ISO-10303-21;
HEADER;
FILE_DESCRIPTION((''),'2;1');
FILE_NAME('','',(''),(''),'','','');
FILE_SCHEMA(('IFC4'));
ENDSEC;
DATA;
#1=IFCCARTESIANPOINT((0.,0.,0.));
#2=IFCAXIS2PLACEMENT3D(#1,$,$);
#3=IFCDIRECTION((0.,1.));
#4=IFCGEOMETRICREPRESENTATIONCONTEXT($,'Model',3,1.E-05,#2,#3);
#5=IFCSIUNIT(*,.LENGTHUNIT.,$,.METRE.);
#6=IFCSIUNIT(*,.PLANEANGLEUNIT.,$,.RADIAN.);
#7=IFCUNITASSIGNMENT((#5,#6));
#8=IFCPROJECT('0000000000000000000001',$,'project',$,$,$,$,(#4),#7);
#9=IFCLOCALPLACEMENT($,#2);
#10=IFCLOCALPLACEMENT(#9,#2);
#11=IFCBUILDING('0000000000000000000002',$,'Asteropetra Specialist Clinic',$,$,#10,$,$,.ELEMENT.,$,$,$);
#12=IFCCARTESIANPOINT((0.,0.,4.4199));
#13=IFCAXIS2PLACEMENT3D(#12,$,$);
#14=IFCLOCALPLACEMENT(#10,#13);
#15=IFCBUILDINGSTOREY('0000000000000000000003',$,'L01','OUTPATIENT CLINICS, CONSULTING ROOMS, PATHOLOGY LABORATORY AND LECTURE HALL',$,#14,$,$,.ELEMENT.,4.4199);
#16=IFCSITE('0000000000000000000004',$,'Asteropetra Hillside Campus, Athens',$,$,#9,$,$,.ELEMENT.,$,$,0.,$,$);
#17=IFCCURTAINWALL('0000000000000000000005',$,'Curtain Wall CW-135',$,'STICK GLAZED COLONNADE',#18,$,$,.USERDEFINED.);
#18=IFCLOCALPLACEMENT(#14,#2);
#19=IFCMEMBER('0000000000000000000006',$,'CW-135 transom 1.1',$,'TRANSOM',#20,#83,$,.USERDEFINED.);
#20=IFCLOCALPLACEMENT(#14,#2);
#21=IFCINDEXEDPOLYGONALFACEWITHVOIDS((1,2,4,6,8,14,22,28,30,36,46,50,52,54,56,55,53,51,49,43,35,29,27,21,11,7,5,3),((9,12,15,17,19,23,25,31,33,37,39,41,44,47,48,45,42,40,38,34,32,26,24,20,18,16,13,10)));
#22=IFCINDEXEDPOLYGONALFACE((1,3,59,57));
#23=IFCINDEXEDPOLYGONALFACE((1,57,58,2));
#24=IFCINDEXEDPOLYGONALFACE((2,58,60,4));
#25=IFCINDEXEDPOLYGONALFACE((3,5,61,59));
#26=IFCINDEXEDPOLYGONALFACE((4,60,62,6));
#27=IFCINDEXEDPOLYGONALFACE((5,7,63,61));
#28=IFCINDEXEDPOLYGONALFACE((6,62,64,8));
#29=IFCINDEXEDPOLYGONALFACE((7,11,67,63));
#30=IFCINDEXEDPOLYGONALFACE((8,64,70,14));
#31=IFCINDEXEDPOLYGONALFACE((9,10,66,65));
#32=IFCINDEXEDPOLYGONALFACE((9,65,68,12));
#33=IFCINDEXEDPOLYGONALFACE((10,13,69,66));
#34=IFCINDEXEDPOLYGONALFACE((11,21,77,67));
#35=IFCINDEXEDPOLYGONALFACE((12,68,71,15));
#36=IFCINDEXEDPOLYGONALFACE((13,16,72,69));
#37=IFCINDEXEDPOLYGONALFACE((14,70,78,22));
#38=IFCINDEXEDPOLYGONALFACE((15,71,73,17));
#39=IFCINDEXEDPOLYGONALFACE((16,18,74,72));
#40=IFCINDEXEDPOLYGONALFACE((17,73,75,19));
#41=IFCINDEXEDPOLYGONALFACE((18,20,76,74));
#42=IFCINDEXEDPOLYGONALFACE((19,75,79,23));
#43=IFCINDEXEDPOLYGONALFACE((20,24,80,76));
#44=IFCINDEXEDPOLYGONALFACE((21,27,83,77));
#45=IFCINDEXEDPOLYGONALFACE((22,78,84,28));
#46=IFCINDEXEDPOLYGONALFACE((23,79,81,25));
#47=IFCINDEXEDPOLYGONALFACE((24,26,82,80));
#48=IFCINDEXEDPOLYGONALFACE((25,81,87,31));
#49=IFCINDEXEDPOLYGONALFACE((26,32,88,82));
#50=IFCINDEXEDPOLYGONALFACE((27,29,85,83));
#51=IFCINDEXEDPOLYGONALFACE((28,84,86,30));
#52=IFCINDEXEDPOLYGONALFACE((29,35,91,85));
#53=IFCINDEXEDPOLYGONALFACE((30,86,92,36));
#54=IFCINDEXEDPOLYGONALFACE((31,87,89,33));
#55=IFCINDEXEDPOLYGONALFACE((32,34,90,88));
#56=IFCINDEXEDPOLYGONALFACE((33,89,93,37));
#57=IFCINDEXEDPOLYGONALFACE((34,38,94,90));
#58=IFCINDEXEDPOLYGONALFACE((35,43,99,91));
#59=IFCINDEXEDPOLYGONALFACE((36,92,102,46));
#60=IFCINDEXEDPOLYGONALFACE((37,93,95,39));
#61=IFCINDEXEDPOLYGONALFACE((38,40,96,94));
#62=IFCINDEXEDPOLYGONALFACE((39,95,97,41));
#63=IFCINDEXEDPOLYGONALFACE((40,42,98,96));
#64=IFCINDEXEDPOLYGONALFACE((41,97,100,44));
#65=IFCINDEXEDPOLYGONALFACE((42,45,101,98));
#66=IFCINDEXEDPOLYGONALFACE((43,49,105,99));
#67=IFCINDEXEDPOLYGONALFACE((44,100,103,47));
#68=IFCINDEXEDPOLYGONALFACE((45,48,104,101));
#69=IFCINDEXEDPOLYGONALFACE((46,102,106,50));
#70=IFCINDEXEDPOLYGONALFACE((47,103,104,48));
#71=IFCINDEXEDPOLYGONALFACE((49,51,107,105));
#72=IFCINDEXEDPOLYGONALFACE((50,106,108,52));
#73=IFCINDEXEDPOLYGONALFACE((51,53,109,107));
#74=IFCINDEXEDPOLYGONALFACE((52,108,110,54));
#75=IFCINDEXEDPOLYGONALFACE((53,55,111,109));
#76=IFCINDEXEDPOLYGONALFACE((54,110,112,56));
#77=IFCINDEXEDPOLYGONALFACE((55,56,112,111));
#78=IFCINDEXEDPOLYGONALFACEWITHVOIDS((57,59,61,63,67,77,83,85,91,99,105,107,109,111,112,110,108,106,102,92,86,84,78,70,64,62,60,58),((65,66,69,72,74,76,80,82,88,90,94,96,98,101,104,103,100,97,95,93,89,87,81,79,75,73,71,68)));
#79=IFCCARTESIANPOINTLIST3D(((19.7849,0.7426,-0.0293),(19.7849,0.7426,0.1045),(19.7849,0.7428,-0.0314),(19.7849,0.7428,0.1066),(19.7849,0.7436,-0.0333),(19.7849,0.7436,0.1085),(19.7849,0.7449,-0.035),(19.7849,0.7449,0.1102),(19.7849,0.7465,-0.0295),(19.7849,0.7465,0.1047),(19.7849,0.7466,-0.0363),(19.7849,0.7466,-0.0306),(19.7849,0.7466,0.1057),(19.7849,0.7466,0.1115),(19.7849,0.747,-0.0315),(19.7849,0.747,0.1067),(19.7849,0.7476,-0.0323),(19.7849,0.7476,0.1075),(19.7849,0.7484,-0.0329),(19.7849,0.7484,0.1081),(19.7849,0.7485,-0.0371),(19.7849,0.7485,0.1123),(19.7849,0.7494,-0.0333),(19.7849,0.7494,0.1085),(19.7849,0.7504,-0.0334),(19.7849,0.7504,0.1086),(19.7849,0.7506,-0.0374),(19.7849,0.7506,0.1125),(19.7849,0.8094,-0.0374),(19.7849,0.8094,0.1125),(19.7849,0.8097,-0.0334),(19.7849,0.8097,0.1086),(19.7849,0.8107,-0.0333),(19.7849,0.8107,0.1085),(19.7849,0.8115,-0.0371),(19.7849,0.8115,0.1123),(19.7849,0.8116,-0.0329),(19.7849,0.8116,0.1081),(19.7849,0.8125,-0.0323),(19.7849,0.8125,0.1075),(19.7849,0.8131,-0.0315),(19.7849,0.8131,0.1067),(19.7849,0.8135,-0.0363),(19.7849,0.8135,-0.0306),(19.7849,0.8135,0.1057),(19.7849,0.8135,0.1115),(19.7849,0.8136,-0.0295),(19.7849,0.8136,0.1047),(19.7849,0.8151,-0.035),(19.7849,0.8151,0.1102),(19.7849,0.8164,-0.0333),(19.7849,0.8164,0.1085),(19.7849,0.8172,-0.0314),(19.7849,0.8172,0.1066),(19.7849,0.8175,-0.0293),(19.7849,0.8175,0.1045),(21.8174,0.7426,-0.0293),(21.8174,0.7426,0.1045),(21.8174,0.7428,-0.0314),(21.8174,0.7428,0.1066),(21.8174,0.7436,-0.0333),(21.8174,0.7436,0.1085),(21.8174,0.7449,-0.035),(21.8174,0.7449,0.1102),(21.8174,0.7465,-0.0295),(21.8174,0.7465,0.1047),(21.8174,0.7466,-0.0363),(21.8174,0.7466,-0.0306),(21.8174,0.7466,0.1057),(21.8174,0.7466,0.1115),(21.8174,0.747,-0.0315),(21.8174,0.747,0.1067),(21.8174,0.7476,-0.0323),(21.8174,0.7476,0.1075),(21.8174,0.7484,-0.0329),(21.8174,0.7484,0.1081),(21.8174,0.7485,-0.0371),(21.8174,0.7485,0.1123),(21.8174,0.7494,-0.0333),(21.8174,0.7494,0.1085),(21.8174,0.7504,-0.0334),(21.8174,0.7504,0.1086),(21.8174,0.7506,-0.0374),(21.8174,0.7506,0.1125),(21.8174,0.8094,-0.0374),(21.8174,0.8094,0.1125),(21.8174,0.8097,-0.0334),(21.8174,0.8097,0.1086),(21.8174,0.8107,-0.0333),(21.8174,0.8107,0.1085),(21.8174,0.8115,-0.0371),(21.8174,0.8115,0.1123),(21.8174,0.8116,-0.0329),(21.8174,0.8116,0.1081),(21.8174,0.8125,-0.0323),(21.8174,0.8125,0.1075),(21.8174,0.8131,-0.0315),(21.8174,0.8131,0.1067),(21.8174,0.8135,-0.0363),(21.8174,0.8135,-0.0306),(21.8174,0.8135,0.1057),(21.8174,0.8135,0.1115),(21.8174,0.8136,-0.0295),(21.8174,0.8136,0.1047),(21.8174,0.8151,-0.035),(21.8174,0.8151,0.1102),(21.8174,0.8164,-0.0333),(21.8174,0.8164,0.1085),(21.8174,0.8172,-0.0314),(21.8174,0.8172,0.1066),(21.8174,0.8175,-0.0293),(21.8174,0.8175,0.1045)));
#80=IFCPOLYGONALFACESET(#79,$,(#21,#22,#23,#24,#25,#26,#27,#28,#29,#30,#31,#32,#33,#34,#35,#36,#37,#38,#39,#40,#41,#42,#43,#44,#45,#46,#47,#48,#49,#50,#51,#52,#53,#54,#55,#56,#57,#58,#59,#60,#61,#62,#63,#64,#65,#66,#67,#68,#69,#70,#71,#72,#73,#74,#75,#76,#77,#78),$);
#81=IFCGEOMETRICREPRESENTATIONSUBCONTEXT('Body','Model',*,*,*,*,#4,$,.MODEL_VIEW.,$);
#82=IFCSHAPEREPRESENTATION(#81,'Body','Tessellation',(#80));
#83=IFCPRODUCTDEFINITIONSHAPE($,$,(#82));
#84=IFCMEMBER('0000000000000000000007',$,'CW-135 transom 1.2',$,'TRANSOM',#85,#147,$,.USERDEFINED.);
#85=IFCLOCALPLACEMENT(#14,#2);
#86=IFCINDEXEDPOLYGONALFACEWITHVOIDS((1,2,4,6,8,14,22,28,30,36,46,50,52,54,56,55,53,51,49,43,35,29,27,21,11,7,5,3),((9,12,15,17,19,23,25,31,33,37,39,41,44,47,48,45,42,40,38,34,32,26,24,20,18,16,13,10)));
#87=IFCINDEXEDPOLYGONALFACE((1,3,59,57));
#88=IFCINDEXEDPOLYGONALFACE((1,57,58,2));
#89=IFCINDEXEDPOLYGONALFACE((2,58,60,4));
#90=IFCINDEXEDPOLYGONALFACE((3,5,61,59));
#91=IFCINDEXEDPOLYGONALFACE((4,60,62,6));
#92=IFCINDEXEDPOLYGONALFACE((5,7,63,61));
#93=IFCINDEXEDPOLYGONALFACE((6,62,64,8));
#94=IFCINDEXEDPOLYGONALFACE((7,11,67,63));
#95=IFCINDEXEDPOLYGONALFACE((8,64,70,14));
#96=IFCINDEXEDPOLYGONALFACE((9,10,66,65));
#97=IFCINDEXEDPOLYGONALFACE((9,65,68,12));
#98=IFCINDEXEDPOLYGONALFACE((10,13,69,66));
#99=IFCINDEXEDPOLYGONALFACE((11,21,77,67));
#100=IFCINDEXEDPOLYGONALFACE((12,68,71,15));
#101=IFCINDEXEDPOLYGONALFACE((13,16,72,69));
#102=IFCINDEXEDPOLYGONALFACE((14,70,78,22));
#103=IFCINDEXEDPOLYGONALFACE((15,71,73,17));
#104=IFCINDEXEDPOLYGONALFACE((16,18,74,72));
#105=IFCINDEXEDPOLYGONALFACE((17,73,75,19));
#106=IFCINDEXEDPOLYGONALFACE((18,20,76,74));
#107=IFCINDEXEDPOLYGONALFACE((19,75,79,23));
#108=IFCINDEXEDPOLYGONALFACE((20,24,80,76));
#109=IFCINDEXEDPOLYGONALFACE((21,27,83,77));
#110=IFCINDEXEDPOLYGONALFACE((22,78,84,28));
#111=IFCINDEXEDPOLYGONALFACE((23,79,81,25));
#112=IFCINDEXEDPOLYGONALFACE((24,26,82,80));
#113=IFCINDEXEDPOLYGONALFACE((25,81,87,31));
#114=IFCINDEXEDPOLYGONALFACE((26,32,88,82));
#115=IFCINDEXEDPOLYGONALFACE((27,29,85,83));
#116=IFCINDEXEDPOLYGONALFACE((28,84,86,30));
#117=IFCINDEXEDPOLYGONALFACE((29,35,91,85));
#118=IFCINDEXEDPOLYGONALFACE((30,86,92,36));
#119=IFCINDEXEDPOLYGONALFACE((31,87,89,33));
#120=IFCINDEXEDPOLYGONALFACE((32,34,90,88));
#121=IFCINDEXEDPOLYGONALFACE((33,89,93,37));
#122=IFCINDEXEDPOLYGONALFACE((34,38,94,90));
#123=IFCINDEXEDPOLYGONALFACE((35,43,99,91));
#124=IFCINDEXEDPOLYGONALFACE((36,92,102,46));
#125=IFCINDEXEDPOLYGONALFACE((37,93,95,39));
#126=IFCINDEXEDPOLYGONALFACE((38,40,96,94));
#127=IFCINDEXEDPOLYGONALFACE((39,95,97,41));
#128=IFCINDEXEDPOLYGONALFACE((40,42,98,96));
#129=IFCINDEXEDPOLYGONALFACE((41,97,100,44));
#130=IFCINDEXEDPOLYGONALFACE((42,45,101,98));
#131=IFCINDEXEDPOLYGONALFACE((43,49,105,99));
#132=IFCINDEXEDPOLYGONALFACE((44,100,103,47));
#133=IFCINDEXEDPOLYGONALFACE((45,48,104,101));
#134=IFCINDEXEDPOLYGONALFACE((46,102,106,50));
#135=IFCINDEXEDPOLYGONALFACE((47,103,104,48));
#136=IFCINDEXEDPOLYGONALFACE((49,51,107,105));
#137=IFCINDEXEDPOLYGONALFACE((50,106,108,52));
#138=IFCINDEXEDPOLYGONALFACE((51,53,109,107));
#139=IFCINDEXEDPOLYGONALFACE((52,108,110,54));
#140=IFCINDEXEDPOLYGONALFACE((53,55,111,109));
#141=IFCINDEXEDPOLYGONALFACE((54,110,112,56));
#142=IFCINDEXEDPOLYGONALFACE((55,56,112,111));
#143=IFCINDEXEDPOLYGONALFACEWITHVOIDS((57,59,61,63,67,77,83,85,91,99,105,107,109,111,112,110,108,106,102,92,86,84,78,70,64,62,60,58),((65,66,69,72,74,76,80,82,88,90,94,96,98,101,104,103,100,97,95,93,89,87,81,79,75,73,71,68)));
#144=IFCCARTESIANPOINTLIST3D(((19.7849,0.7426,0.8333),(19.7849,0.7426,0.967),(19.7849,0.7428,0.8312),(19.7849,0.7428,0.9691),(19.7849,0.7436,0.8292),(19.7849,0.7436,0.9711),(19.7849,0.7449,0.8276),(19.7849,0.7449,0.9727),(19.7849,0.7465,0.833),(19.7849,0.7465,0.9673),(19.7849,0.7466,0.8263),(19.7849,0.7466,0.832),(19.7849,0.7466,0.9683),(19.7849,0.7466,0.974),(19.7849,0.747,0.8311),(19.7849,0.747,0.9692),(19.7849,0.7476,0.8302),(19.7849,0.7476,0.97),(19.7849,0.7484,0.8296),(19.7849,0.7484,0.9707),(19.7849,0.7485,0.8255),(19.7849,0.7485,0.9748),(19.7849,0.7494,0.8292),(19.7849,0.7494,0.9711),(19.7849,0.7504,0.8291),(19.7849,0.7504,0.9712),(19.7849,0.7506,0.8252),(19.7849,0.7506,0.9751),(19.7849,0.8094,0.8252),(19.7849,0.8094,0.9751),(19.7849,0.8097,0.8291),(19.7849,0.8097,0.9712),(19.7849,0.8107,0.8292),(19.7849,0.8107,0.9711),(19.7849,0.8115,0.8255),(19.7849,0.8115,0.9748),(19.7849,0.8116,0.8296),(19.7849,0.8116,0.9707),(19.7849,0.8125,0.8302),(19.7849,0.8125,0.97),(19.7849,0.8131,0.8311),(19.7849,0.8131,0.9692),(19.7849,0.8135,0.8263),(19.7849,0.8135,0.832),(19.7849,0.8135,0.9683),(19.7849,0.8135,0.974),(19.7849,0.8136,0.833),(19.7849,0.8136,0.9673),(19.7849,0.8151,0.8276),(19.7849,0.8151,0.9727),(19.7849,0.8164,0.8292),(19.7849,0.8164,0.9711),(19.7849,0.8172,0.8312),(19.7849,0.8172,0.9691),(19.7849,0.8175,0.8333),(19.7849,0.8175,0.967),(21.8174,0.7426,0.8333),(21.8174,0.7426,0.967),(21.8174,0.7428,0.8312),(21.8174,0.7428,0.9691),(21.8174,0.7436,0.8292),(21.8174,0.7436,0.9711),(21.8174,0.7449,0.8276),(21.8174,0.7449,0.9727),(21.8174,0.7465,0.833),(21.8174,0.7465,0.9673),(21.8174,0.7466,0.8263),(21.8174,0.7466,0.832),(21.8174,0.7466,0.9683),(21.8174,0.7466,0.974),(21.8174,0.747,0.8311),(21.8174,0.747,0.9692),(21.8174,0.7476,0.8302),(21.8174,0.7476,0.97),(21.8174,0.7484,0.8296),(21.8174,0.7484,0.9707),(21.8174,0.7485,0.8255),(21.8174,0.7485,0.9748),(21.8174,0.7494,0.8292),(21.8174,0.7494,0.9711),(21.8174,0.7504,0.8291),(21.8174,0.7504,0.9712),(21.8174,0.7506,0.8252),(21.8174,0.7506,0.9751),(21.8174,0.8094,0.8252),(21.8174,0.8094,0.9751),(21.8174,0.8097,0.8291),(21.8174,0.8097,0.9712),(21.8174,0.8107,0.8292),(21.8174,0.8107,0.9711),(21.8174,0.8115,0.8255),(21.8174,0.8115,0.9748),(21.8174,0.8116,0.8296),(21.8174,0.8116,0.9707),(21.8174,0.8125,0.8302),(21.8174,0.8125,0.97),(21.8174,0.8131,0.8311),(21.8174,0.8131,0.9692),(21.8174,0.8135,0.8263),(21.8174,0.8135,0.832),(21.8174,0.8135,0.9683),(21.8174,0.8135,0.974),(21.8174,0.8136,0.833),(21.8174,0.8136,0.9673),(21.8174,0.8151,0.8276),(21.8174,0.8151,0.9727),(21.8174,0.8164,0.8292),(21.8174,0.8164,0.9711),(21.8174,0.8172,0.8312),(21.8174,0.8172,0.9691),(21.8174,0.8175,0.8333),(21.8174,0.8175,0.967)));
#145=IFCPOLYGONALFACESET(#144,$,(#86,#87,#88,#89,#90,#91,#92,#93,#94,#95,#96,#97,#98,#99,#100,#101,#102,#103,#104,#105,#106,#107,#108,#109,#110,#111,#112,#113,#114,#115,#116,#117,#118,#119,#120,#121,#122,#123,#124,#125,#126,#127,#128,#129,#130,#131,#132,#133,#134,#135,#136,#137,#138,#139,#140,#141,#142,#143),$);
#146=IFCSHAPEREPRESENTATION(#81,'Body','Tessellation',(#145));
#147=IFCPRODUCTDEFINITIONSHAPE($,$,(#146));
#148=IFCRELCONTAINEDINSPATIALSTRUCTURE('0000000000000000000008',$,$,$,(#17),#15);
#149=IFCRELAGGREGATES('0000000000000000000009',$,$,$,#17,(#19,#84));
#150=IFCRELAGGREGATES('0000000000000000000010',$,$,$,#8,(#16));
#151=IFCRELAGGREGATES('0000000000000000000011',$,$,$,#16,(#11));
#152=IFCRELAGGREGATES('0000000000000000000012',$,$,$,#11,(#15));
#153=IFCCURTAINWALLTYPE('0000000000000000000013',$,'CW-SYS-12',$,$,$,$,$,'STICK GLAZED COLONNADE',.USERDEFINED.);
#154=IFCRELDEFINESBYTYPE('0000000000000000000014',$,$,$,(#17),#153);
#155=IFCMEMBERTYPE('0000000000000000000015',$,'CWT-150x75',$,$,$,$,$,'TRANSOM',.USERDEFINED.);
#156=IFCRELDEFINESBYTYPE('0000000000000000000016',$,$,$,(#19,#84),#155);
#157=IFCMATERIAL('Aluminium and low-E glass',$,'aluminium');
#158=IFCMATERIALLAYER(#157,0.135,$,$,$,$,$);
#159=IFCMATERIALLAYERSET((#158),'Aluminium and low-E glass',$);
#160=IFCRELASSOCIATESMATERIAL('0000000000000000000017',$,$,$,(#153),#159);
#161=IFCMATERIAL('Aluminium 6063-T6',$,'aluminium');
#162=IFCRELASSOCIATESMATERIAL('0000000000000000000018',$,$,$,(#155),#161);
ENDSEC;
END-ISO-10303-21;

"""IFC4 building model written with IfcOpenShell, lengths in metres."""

from ifc_helpers import new_model, si_unit, direction, frame, origin, origin_2d, place, context, subcontext, project, spatial, hollow_rectangle, extrude, material, layer, layer_set, material_profile, profile_set, type_object, element, aggregate, save


model = new_model("IFC4")

# Units and contexts
model_context = context("Model", 3, precision=1e-05, world=origin(), true_north=direction((0.0, 1.0)))
body_context = subcontext(model_context, "Body", "Model", "MODEL_VIEW")
ifc_project = project(units=[si_unit("LENGTHUNIT", "METRE"), si_unit("PLANEANGLEUNIT", "RADIAN")], contexts=[model_context])

# Site, building, storey
site_placement = place(None, origin())
site = spatial("IfcSite", under=ifc_project, at=site_placement, Name="Asteropetra Hillside Campus, Athens", CompositionType="ELEMENT", RefElevation=0.0)
building_placement = place(site_placement, origin())
building = spatial("IfcBuilding", under=site, at=building_placement, Name="Asteropetra Specialist Clinic", CompositionType="ELEMENT")
storey_placement = place(building_placement, frame((0.0, 0.0, 4.4199)))
storey = spatial("IfcBuildingStorey", under=building, at=storey_placement, Name="L01", Description="OUTPATIENT CLINICS, CONSULTING ROOMS, PATHOLOGY LABORATORY AND LECTURE HALL", CompositionType="ELEMENT", Elevation=4.4199)

# Curtain wall, members
ifc_material_1 = material(Name="Aluminium and low-E glass", Category="aluminium")
ifc_layer_1 = layer(ifc_material_1, 0.135)
ifc_layer_set_1 = layer_set([ifc_layer_1], Name="Aluminium and low-E glass")
curtain_wall_type_1 = type_object("IfcCurtainWallType", Name="CW-SYS-12", ElementType="STICK GLAZED COLONNADE", PredefinedType="USERDEFINED", material=ifc_layer_set_1)
curtain_wall_1_placement = place(storey_placement, origin())
curtain_wall_1 = element("IfcCurtainWall", 1, at=curtain_wall_1_placement, inside=storey, type_object=curtain_wall_type_1, Name="Curtain Wall CW-135", ObjectType="STICK GLAZED COLONNADE", PredefinedType="USERDEFINED")
ifc_material_2 = material(Name="Aluminium 6063-T6", Category="aluminium")
ifc_material_profile_1 = material_profile(ifc_material_2, hollow_rectangle(XDim=0.075, YDim=0.1499, WallThickness=0.0039, InnerFilletRadius=0.0039, OuterFilletRadius=0.0081, at=origin_2d()), Name="TRN 150x75x4.0")
ifc_profile_set_1 = profile_set([ifc_material_profile_1], Name="Aluminium 6063-T6")
member_type_1 = type_object("IfcMemberType", Name="CWT-150x75", ElementType="TRANSOM", PredefinedType="USERDEFINED", material=ifc_profile_set_1)
member_1_placement = place(storey_placement, frame((19.7849, 0.78, 0.0376), z_axis=(1.0, 0.0, 0.0), x_axis=(0.0, 1.0, 0.0)))
member_1 = element("IfcMember", 2, at=member_1_placement, type_object=member_type_1, Name="CW-135 transom 1.1", ObjectType="TRANSOM", PredefinedType="USERDEFINED", context=body_context, shape_type="SweptSolid", body=[
    extrude(hollow_rectangle(XDim=0.075, YDim=0.1499, WallThickness=0.0039, InnerFilletRadius=0.0039, OuterFilletRadius=0.0081, at=origin_2d()), origin(), (0.0, 0.0, 1.0), 2.0325),
])
member_2_placement = place(storey_placement, frame((19.7849, 0.78, 0.9001), z_axis=(1.0, 0.0, 0.0), x_axis=(0.0, 1.0, 0.0)))
member_2 = element("IfcMember", 3, at=member_2_placement, type_object=member_type_1, Name="CW-135 transom 1.2", ObjectType="TRANSOM", PredefinedType="USERDEFINED", context=body_context, shape_type="SweptSolid", body=[
    extrude(hollow_rectangle(XDim=0.075, YDim=0.1499, WallThickness=0.0039, InnerFilletRadius=0.0039, OuterFilletRadius=0.0081, at=origin_2d()), origin(), (0.0, 0.0, 1.0), 2.0325),
])

aggregate(curtain_wall_1, [member_1, member_2])

save(model, "model.ifc")
